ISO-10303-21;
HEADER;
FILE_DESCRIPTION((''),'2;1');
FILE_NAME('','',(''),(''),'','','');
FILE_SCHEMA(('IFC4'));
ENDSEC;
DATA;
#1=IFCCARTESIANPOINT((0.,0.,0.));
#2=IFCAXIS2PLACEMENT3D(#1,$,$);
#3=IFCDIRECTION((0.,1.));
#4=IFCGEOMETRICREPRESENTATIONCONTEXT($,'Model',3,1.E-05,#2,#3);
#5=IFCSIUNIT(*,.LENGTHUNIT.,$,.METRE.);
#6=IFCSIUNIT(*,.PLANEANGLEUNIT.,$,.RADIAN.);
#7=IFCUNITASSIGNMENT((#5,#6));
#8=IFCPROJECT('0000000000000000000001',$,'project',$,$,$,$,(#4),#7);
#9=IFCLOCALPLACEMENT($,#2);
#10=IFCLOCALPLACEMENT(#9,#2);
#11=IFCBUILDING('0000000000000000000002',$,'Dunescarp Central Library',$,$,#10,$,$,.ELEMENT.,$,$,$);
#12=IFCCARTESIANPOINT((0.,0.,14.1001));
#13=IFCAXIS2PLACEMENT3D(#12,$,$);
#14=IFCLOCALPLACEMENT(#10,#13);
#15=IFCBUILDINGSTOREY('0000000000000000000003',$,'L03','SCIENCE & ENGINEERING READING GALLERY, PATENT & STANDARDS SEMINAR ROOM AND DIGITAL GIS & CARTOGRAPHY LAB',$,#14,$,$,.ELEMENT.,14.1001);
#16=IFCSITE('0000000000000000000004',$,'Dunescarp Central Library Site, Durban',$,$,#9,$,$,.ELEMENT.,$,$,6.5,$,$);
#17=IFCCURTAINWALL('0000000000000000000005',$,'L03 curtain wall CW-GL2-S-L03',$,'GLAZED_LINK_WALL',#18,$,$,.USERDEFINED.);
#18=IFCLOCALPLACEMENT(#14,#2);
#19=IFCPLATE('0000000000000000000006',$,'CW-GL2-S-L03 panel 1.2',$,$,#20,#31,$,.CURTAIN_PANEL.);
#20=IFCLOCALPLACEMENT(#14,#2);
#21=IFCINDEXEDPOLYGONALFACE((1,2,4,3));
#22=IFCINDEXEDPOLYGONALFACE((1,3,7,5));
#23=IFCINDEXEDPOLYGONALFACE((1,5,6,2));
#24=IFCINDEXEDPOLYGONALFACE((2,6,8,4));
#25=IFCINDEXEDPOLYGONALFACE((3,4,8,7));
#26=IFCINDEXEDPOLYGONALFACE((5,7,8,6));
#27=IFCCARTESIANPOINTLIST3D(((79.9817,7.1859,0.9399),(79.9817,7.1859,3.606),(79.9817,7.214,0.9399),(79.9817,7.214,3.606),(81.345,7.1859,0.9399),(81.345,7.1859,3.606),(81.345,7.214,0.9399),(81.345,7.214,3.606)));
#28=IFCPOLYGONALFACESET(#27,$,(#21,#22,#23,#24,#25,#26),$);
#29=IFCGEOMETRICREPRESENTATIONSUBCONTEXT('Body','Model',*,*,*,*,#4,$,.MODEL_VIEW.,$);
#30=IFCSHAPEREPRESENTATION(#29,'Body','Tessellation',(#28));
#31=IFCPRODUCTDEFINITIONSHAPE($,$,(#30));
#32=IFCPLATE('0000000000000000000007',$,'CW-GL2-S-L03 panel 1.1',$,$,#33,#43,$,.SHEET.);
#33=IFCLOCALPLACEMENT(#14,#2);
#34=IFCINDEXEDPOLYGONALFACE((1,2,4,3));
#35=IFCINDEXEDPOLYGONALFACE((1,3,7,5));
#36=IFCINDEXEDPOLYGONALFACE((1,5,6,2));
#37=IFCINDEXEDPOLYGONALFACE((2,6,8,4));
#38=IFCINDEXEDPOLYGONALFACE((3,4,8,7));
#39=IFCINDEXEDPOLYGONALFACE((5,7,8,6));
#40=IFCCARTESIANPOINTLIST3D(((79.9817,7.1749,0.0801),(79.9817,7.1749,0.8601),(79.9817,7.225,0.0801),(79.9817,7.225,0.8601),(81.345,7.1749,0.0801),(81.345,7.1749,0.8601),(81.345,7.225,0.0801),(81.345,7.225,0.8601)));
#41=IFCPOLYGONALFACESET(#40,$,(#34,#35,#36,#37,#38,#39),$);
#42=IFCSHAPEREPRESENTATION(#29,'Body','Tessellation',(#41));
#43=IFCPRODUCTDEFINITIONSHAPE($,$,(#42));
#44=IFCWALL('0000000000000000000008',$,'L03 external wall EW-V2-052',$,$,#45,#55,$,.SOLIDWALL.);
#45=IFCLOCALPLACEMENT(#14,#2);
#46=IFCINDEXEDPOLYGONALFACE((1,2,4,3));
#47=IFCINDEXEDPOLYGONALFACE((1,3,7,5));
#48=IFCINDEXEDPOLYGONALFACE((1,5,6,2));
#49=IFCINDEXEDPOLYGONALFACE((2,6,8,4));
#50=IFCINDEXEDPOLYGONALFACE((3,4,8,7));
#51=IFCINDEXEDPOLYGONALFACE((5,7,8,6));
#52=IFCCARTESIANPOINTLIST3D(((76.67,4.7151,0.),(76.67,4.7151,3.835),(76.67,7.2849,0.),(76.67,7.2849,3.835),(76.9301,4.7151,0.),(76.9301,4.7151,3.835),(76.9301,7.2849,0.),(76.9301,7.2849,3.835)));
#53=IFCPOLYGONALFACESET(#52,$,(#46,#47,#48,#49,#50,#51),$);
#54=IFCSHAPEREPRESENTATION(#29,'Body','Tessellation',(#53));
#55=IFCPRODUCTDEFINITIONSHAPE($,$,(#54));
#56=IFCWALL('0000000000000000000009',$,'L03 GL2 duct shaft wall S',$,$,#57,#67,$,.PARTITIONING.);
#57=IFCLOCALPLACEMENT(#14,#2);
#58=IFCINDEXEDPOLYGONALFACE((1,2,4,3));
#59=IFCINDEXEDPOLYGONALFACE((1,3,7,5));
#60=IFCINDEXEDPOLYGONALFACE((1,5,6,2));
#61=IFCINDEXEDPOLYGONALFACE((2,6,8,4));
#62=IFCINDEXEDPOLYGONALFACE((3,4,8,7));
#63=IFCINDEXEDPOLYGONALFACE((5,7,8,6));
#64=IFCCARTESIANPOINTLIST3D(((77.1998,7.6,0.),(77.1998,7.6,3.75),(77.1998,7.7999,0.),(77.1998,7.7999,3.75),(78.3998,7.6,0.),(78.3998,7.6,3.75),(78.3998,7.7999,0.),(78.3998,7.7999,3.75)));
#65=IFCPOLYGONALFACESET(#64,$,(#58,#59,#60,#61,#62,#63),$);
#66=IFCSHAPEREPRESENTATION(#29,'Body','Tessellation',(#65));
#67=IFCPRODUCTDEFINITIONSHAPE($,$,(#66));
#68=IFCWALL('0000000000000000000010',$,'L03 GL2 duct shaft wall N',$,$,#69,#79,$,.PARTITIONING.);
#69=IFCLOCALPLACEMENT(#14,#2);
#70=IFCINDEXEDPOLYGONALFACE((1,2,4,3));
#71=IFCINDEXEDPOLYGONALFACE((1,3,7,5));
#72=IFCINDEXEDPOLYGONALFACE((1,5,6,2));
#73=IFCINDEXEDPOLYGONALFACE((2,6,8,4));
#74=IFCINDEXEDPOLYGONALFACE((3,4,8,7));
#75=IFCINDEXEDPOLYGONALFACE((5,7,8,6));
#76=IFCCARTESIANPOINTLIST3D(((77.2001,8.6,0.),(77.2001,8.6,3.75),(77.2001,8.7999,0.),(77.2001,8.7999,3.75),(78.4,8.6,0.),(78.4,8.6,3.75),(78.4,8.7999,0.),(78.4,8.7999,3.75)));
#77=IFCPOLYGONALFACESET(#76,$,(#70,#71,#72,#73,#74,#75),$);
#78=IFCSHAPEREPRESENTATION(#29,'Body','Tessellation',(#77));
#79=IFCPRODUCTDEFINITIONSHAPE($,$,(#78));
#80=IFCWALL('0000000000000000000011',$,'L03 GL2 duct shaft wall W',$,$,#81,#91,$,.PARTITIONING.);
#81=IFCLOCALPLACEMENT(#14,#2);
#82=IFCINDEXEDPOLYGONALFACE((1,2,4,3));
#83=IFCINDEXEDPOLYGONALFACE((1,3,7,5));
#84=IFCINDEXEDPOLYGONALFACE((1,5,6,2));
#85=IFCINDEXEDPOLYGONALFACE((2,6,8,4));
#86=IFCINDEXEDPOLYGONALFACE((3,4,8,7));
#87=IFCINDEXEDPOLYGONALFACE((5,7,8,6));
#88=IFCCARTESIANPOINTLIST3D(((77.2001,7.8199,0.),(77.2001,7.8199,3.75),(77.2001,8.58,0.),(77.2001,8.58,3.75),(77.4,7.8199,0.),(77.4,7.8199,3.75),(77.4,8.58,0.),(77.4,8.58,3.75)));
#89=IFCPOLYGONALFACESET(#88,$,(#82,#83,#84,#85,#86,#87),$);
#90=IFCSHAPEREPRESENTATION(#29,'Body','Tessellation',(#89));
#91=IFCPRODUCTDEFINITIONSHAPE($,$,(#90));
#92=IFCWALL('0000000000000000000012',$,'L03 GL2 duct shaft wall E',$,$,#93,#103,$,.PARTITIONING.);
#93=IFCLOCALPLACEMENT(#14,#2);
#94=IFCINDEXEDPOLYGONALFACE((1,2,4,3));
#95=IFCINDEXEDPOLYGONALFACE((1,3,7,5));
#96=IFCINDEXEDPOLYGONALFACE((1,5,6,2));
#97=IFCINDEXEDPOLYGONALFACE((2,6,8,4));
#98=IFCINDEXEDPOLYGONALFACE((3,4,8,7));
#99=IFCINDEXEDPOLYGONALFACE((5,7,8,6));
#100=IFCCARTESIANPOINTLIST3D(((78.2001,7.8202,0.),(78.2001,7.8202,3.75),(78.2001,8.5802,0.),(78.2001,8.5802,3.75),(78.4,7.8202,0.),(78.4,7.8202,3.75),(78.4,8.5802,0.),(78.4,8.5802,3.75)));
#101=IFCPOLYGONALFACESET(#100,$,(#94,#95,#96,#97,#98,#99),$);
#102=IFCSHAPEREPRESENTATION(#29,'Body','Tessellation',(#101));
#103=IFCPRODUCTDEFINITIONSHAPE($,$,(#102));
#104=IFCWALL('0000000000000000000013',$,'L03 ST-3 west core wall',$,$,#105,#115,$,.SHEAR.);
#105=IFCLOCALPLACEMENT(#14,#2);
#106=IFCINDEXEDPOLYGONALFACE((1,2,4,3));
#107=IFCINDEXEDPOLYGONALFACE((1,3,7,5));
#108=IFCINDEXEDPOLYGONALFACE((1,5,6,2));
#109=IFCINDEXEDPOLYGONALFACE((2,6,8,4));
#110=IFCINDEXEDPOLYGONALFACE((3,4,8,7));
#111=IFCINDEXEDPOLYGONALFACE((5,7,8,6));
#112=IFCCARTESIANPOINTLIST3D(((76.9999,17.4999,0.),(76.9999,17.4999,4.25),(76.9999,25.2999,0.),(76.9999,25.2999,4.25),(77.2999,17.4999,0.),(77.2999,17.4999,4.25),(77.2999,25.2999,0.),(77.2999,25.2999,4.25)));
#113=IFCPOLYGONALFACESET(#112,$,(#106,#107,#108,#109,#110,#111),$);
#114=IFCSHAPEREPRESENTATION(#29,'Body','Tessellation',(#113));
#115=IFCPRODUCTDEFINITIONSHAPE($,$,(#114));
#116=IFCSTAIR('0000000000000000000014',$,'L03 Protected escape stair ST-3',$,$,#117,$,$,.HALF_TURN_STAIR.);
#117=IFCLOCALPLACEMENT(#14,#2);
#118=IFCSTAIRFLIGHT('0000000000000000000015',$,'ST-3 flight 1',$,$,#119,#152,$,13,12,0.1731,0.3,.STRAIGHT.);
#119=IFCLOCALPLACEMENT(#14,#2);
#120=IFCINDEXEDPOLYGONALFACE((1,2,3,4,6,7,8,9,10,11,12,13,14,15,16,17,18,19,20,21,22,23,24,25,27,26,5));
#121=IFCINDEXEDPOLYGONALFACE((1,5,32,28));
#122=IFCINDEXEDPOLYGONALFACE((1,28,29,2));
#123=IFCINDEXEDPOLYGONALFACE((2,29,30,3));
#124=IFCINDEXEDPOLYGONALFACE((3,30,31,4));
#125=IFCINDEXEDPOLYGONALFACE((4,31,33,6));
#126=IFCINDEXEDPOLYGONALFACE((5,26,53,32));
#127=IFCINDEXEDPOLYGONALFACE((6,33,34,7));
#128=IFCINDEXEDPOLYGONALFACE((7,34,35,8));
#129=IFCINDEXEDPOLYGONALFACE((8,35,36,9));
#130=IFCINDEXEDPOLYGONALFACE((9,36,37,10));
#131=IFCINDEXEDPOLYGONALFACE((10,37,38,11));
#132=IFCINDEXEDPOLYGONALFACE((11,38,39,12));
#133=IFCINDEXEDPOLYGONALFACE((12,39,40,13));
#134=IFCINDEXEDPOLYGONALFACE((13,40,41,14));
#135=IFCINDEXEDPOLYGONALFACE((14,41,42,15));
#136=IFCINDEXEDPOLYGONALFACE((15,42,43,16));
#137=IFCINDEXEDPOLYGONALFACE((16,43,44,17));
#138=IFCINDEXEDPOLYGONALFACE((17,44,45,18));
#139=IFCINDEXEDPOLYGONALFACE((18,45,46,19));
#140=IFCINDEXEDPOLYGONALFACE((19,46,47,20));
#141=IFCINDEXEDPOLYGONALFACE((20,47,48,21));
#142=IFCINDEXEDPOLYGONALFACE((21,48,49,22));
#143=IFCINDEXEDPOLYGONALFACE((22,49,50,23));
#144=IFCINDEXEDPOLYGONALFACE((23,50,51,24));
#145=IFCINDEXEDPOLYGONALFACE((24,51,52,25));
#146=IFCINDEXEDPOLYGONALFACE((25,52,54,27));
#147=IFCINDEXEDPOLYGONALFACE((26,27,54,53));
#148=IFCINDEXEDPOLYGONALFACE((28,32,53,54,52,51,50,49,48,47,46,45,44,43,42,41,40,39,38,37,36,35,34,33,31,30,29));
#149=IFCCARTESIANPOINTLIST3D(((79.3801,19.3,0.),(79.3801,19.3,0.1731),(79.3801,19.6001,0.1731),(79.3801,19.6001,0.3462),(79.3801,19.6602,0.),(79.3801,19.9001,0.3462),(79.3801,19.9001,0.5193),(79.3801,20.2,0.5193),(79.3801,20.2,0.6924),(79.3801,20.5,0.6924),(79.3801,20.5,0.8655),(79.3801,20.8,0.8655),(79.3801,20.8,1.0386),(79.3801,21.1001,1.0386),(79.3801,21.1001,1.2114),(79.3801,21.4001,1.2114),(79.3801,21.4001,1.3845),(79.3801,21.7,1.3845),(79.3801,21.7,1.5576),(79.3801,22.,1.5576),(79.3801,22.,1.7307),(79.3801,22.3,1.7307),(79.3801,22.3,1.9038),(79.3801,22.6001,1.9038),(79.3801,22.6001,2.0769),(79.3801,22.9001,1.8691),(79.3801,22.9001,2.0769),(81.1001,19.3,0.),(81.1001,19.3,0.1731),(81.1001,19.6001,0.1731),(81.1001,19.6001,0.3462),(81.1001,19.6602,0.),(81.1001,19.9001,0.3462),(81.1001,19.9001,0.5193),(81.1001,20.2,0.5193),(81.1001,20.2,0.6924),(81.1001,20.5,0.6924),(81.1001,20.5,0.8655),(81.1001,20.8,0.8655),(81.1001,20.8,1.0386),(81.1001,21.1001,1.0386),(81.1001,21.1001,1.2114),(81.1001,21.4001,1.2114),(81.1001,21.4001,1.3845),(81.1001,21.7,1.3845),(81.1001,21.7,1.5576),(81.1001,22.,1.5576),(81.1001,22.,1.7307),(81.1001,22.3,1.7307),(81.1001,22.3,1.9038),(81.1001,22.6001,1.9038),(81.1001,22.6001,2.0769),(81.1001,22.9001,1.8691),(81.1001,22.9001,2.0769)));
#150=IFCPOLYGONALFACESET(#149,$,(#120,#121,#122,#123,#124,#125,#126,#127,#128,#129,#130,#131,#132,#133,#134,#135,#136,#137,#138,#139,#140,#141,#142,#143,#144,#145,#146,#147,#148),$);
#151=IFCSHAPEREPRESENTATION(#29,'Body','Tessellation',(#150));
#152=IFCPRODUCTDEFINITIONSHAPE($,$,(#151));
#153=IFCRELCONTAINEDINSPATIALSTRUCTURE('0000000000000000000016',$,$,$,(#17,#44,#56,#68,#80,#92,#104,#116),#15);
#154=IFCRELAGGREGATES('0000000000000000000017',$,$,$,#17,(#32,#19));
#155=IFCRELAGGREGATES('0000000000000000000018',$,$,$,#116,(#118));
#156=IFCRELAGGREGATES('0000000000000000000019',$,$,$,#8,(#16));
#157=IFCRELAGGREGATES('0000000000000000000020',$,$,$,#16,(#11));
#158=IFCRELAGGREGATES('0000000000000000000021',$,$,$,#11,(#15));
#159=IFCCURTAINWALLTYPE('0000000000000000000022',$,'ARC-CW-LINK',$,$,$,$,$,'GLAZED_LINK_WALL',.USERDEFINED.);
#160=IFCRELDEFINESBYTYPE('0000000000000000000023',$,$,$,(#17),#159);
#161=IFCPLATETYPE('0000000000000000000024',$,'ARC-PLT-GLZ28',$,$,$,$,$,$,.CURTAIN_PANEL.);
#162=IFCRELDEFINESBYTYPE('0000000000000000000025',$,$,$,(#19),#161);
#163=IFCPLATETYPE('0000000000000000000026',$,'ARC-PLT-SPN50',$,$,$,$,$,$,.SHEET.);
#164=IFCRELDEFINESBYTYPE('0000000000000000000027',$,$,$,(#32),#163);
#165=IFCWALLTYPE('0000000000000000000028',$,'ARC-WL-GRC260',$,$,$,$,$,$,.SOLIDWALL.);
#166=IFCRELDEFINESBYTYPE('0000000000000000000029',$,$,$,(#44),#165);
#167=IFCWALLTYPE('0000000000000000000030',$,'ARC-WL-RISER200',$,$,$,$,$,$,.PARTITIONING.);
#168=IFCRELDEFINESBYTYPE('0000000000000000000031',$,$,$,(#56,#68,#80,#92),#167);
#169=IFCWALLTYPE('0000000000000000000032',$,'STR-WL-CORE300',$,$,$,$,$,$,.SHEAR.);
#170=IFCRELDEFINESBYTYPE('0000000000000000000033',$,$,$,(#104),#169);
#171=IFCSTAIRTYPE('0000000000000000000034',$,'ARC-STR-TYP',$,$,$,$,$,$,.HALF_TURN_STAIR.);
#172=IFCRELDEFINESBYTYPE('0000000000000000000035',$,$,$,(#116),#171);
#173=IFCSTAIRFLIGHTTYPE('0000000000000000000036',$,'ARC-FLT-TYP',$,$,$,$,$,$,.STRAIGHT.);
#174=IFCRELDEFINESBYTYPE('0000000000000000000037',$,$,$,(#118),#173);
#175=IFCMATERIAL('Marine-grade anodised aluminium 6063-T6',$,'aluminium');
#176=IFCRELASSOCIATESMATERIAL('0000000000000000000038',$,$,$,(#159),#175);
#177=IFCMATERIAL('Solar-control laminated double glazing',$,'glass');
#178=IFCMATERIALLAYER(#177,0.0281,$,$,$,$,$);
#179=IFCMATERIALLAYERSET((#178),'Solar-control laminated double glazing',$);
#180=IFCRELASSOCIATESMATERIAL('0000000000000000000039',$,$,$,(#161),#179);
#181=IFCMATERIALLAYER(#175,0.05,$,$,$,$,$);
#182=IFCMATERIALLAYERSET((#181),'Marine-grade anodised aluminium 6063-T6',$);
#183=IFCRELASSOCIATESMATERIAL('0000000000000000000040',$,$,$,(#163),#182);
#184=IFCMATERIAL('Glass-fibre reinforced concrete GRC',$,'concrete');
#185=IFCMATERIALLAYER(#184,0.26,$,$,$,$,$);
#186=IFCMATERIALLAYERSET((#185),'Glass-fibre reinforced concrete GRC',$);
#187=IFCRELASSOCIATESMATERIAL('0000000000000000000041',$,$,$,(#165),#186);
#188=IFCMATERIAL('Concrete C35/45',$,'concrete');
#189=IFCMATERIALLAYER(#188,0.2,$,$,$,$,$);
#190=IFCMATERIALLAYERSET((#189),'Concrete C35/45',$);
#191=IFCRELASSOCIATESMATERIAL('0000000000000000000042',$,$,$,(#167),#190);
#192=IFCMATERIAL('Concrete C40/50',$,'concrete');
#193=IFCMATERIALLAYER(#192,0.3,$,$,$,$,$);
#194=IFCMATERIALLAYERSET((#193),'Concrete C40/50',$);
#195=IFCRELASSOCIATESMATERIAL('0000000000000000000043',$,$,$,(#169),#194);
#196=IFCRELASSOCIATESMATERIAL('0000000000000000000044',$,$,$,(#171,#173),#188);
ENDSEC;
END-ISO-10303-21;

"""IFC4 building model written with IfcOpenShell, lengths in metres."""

from ifc_helpers import new_model, si_unit, direction, frame, frame_2d, origin, origin_2d, place, context, subcontext, project, spatial, polyline, rectangle, outline, extrude, material, layer, layer_set, type_object, element, aggregate, save


model = new_model("IFC4")

# Units and contexts
model_context = context("Model", 3, precision=1e-05, world=origin(), true_north=direction((0.0, 1.0)))
body_context = subcontext(model_context, "Body", "Model", "MODEL_VIEW")
ifc_project = project(units=[si_unit("LENGTHUNIT", "METRE"), si_unit("PLANEANGLEUNIT", "RADIAN")], contexts=[model_context])

# Site, building, storey
site_placement = place(None, origin())
site = spatial("IfcSite", under=ifc_project, at=site_placement, Name="Dunescarp Central Library Site, Durban", CompositionType="ELEMENT", RefElevation=6.5)
building_placement = place(site_placement, origin())
building = spatial("IfcBuilding", under=site, at=building_placement, Name="Dunescarp Central Library", CompositionType="ELEMENT")
storey_placement = place(building_placement, frame((0.0, 0.0, 14.1001)))
storey = spatial("IfcBuildingStorey", under=building, at=storey_placement, Name="L03", Description="SCIENCE & ENGINEERING READING GALLERY, PATENT & STANDARDS SEMINAR ROOM AND DIGITAL GIS & CARTOGRAPHY LAB", CompositionType="ELEMENT", Elevation=14.1001)

# Curtain wall
ifc_material_1 = material(Name="Marine-grade anodised aluminium 6063-T6", Category="aluminium")
curtain_wall_type = type_object("IfcCurtainWallType", Name="ARC-CW-LINK", ElementType="GLAZED_LINK_WALL", PredefinedType="USERDEFINED", material=ifc_material_1)
curtain_wall_placement = place(storey_placement, origin())
curtain_wall = element("IfcCurtainWall", 1, at=curtain_wall_placement, inside=storey, type_object=curtain_wall_type, Name="L03 curtain wall CW-GL2-S-L03", ObjectType="GLAZED_LINK_WALL", PredefinedType="USERDEFINED")

# Plates
ifc_material_2 = material(Name="Solar-control laminated double glazing", Category="glass")
ifc_layer_1 = layer(ifc_material_2, 0.0281)
ifc_layer_set_1 = layer_set([ifc_layer_1], Name="Solar-control laminated double glazing")
plate_type_1 = type_object("IfcPlateType", Name="ARC-PLT-GLZ28", PredefinedType="CURTAIN_PANEL", material=ifc_layer_set_1)
plate_1_placement = place(storey_placement, frame((80.6633, 7.2, 0.9399), z_axis=(0.0, 0.0, 1.0), x_axis=(-1.0, 0.0, 0.0)))
plate_1 = element("IfcPlate", 2, at=plate_1_placement, type_object=plate_type_1, Name="CW-GL2-S-L03 panel 1.2", PredefinedType="CURTAIN_PANEL", context=body_context, shape_type="SweptSolid", body=[
    extrude(rectangle(XDim=1.3633, YDim=0.0281, at=origin_2d()), origin(), (0.0, 0.0, 1.0), 2.666),
])
ifc_layer_2 = layer(ifc_material_1, 0.05)
ifc_layer_set_2 = layer_set([ifc_layer_2], Name="Marine-grade anodised aluminium 6063-T6")
plate_type_2 = type_object("IfcPlateType", Name="ARC-PLT-SPN50", PredefinedType="SHEET", material=ifc_layer_set_2)
plate_2_placement = place(storey_placement, frame((80.6633, 7.2, 0.0801), z_axis=(0.0, 0.0, 1.0), x_axis=(-1.0, 0.0, 0.0)))
plate_2 = element("IfcPlate", 3, at=plate_2_placement, type_object=plate_type_2, Name="CW-GL2-S-L03 panel 1.1", PredefinedType="SHEET", context=body_context, shape_type="SweptSolid", body=[
    extrude(rectangle(XDim=1.3633, YDim=0.05, at=origin_2d()), origin(), (0.0, 0.0, 1.0), 0.78),
])
aggregate(curtain_wall, [plate_2, plate_1])

# Walls
ifc_material_3 = material(Name="Glass-fibre reinforced concrete GRC", Category="concrete")
ifc_layer_3 = layer(ifc_material_3, 0.26)
ifc_layer_set_3 = layer_set([ifc_layer_3], Name="Glass-fibre reinforced concrete GRC")
wall_type_1 = type_object("IfcWallType", Name="ARC-WL-GRC260", PredefinedType="SOLIDWALL", material=ifc_layer_set_3)
wall_1_placement = place(storey_placement, frame((76.8, 7.2849, 0.0), z_axis=(0.0, 0.0, 1.0), x_axis=(0.0, -1.0, 0.0)))
element("IfcWall", 4, at=wall_1_placement, inside=storey, type_object=wall_type_1, Name="L03 external wall EW-V2-052", PredefinedType="SOLIDWALL", context=body_context, shape_type="SweptSolid", body=[
    extrude(rectangle(XDim=2.5698, YDim=0.26, at=frame_2d((1.2849, 0.0))), origin(), (0.0, 0.0, 1.0), 3.835),
])
ifc_material_4 = material(Name="Concrete C35/45", Category="concrete")
ifc_layer_4 = layer(ifc_material_4, 0.2)
ifc_layer_set_4 = layer_set([ifc_layer_4], Name="Concrete C35/45")
wall_type_2 = type_object("IfcWallType", Name="ARC-WL-RISER200", PredefinedType="PARTITIONING", material=ifc_layer_set_4)
for number, where, z_axis, x_axis, name in (
    (5, (78.3999, 7.7, 0.0), (0.0, 0.0, 1.0), (-1.0, 0.0, 0.0), "L03 GL2 duct shaft wall S"),
    (6, (77.2, 8.7, 0.0), (0.0, 0.0, 1.0), (1.0, 0.0, 0.0), "L03 GL2 duct shaft wall N"),
):
    element("IfcWall", number, at=place(storey_placement, frame(where, z_axis=z_axis, x_axis=x_axis)), inside=storey, type_object=wall_type_2, Name=name, PredefinedType="PARTITIONING", context=body_context, shape_type="SweptSolid", body=[
        extrude(rectangle(XDim=1.2, YDim=0.2, at=frame_2d((0.6001, 0.0))), origin(), (0.0, 0.0, 1.0), 3.75),
    ])
for number, where, z_axis, x_axis, name in (
    (7, (77.3, 7.8201, 0.0), (0.0, 0.0, 1.0), (0.0, 1.0, 0.0), "L03 GL2 duct shaft wall W"),
    (8, (78.3, 8.5801, 0.0), (0.0, 0.0, 1.0), (0.0, -1.0, 0.0), "L03 GL2 duct shaft wall E"),
):
    element("IfcWall", number, at=place(storey_placement, frame(where, z_axis=z_axis, x_axis=x_axis)), inside=storey, type_object=wall_type_2, Name=name, PredefinedType="PARTITIONING", context=body_context, shape_type="SweptSolid", body=[
        extrude(rectangle(XDim=0.76, YDim=0.2, at=frame_2d((0.3799, 0.0))), origin(), (0.0, 0.0, 1.0), 3.75),
    ])
ifc_material_5 = material(Name="Concrete C40/50", Category="concrete")
ifc_layer_5 = layer(ifc_material_5, 0.3)
ifc_layer_set_5 = layer_set([ifc_layer_5], Name="Concrete C40/50")
wall_type_3 = type_object("IfcWallType", Name="STR-WL-CORE300", PredefinedType="SHEAR", material=ifc_layer_set_5)
wall_2_placement = place(storey_placement, frame((77.1499, 17.5, 0.0), z_axis=(0.0, 0.0, 1.0), x_axis=(0.0, 1.0, 0.0)))
element("IfcWall", 9, at=wall_2_placement, inside=storey, type_object=wall_type_3, Name="L03 ST-3 west core wall", PredefinedType="SHEAR", context=body_context, shape_type="SweptSolid", body=[
    extrude(rectangle(XDim=7.8, YDim=0.3, at=frame_2d((3.8999, 0.0))), origin(), (0.0, 0.0, 1.0), 4.25),
])

# Stair, stair flight
stair_type = type_object("IfcStairType", Name="ARC-STR-TYP", PredefinedType="HALF_TURN_STAIR", material=ifc_material_4)
stair_placement = place(storey_placement, origin())
stair = element("IfcStair", 10, at=stair_placement, inside=storey, type_object=stair_type, Name="L03 Protected escape stair ST-3", PredefinedType="HALF_TURN_STAIR")
stair_flight_type = type_object("IfcStairFlightType", Name="ARC-FLT-TYP", PredefinedType="STRAIGHT", material=ifc_material_4)
stair_flight_placement = place(storey_placement, frame((80.24, 19.3, 0.0), z_axis=(0.0, 0.0, 1.0), x_axis=(0.0, 1.0, 0.0)))
stair_flight = element("IfcStairFlight", 11, at=stair_flight_placement, type_object=stair_flight_type, Name="ST-3 flight 1", NumberOfRisers=13, NumberOfTreads=12, PredefinedType="STRAIGHT", RiserHeight=0.1731, TreadLength=0.3, context=body_context, shape_type="SweptSolid", body=[
    extrude(outline(polyline([(0.0, 0.0), (0.0, 0.1731), (0.3, 0.1731), (0.3, 0.3462), (0.6001, 0.3462), (0.6001, 0.5193), (0.8999, 0.5193), (0.8999, 0.6924), (1.2, 0.6924), (1.2, 0.8655), (1.5, 0.8655), (1.5, 1.0386), (1.8, 1.0386), (1.8, 1.2114), (2.1001, 1.2114), (2.1001, 1.3845), (2.3999, 1.3845), (2.3999, 1.5576), (2.7, 1.5576), (2.7, 1.7307), (3.0, 1.7307), (3.0, 1.9038), (3.3, 1.9038), (3.3, 2.0769), (3.6001, 2.0769), (3.6001, 2.25), (3.6001, 1.8691), (0.3601, 0.0), (0.0, 0.0)])), frame((0.0, 0.8599, 0.0), z_axis=(0.0, -1.0, 0.0), x_axis=(1.0, 0.0, 0.0)), (0.0, 0.0, 1.0), 1.72),
])
aggregate(stair, [stair_flight])

save(model, "model.ifc")
